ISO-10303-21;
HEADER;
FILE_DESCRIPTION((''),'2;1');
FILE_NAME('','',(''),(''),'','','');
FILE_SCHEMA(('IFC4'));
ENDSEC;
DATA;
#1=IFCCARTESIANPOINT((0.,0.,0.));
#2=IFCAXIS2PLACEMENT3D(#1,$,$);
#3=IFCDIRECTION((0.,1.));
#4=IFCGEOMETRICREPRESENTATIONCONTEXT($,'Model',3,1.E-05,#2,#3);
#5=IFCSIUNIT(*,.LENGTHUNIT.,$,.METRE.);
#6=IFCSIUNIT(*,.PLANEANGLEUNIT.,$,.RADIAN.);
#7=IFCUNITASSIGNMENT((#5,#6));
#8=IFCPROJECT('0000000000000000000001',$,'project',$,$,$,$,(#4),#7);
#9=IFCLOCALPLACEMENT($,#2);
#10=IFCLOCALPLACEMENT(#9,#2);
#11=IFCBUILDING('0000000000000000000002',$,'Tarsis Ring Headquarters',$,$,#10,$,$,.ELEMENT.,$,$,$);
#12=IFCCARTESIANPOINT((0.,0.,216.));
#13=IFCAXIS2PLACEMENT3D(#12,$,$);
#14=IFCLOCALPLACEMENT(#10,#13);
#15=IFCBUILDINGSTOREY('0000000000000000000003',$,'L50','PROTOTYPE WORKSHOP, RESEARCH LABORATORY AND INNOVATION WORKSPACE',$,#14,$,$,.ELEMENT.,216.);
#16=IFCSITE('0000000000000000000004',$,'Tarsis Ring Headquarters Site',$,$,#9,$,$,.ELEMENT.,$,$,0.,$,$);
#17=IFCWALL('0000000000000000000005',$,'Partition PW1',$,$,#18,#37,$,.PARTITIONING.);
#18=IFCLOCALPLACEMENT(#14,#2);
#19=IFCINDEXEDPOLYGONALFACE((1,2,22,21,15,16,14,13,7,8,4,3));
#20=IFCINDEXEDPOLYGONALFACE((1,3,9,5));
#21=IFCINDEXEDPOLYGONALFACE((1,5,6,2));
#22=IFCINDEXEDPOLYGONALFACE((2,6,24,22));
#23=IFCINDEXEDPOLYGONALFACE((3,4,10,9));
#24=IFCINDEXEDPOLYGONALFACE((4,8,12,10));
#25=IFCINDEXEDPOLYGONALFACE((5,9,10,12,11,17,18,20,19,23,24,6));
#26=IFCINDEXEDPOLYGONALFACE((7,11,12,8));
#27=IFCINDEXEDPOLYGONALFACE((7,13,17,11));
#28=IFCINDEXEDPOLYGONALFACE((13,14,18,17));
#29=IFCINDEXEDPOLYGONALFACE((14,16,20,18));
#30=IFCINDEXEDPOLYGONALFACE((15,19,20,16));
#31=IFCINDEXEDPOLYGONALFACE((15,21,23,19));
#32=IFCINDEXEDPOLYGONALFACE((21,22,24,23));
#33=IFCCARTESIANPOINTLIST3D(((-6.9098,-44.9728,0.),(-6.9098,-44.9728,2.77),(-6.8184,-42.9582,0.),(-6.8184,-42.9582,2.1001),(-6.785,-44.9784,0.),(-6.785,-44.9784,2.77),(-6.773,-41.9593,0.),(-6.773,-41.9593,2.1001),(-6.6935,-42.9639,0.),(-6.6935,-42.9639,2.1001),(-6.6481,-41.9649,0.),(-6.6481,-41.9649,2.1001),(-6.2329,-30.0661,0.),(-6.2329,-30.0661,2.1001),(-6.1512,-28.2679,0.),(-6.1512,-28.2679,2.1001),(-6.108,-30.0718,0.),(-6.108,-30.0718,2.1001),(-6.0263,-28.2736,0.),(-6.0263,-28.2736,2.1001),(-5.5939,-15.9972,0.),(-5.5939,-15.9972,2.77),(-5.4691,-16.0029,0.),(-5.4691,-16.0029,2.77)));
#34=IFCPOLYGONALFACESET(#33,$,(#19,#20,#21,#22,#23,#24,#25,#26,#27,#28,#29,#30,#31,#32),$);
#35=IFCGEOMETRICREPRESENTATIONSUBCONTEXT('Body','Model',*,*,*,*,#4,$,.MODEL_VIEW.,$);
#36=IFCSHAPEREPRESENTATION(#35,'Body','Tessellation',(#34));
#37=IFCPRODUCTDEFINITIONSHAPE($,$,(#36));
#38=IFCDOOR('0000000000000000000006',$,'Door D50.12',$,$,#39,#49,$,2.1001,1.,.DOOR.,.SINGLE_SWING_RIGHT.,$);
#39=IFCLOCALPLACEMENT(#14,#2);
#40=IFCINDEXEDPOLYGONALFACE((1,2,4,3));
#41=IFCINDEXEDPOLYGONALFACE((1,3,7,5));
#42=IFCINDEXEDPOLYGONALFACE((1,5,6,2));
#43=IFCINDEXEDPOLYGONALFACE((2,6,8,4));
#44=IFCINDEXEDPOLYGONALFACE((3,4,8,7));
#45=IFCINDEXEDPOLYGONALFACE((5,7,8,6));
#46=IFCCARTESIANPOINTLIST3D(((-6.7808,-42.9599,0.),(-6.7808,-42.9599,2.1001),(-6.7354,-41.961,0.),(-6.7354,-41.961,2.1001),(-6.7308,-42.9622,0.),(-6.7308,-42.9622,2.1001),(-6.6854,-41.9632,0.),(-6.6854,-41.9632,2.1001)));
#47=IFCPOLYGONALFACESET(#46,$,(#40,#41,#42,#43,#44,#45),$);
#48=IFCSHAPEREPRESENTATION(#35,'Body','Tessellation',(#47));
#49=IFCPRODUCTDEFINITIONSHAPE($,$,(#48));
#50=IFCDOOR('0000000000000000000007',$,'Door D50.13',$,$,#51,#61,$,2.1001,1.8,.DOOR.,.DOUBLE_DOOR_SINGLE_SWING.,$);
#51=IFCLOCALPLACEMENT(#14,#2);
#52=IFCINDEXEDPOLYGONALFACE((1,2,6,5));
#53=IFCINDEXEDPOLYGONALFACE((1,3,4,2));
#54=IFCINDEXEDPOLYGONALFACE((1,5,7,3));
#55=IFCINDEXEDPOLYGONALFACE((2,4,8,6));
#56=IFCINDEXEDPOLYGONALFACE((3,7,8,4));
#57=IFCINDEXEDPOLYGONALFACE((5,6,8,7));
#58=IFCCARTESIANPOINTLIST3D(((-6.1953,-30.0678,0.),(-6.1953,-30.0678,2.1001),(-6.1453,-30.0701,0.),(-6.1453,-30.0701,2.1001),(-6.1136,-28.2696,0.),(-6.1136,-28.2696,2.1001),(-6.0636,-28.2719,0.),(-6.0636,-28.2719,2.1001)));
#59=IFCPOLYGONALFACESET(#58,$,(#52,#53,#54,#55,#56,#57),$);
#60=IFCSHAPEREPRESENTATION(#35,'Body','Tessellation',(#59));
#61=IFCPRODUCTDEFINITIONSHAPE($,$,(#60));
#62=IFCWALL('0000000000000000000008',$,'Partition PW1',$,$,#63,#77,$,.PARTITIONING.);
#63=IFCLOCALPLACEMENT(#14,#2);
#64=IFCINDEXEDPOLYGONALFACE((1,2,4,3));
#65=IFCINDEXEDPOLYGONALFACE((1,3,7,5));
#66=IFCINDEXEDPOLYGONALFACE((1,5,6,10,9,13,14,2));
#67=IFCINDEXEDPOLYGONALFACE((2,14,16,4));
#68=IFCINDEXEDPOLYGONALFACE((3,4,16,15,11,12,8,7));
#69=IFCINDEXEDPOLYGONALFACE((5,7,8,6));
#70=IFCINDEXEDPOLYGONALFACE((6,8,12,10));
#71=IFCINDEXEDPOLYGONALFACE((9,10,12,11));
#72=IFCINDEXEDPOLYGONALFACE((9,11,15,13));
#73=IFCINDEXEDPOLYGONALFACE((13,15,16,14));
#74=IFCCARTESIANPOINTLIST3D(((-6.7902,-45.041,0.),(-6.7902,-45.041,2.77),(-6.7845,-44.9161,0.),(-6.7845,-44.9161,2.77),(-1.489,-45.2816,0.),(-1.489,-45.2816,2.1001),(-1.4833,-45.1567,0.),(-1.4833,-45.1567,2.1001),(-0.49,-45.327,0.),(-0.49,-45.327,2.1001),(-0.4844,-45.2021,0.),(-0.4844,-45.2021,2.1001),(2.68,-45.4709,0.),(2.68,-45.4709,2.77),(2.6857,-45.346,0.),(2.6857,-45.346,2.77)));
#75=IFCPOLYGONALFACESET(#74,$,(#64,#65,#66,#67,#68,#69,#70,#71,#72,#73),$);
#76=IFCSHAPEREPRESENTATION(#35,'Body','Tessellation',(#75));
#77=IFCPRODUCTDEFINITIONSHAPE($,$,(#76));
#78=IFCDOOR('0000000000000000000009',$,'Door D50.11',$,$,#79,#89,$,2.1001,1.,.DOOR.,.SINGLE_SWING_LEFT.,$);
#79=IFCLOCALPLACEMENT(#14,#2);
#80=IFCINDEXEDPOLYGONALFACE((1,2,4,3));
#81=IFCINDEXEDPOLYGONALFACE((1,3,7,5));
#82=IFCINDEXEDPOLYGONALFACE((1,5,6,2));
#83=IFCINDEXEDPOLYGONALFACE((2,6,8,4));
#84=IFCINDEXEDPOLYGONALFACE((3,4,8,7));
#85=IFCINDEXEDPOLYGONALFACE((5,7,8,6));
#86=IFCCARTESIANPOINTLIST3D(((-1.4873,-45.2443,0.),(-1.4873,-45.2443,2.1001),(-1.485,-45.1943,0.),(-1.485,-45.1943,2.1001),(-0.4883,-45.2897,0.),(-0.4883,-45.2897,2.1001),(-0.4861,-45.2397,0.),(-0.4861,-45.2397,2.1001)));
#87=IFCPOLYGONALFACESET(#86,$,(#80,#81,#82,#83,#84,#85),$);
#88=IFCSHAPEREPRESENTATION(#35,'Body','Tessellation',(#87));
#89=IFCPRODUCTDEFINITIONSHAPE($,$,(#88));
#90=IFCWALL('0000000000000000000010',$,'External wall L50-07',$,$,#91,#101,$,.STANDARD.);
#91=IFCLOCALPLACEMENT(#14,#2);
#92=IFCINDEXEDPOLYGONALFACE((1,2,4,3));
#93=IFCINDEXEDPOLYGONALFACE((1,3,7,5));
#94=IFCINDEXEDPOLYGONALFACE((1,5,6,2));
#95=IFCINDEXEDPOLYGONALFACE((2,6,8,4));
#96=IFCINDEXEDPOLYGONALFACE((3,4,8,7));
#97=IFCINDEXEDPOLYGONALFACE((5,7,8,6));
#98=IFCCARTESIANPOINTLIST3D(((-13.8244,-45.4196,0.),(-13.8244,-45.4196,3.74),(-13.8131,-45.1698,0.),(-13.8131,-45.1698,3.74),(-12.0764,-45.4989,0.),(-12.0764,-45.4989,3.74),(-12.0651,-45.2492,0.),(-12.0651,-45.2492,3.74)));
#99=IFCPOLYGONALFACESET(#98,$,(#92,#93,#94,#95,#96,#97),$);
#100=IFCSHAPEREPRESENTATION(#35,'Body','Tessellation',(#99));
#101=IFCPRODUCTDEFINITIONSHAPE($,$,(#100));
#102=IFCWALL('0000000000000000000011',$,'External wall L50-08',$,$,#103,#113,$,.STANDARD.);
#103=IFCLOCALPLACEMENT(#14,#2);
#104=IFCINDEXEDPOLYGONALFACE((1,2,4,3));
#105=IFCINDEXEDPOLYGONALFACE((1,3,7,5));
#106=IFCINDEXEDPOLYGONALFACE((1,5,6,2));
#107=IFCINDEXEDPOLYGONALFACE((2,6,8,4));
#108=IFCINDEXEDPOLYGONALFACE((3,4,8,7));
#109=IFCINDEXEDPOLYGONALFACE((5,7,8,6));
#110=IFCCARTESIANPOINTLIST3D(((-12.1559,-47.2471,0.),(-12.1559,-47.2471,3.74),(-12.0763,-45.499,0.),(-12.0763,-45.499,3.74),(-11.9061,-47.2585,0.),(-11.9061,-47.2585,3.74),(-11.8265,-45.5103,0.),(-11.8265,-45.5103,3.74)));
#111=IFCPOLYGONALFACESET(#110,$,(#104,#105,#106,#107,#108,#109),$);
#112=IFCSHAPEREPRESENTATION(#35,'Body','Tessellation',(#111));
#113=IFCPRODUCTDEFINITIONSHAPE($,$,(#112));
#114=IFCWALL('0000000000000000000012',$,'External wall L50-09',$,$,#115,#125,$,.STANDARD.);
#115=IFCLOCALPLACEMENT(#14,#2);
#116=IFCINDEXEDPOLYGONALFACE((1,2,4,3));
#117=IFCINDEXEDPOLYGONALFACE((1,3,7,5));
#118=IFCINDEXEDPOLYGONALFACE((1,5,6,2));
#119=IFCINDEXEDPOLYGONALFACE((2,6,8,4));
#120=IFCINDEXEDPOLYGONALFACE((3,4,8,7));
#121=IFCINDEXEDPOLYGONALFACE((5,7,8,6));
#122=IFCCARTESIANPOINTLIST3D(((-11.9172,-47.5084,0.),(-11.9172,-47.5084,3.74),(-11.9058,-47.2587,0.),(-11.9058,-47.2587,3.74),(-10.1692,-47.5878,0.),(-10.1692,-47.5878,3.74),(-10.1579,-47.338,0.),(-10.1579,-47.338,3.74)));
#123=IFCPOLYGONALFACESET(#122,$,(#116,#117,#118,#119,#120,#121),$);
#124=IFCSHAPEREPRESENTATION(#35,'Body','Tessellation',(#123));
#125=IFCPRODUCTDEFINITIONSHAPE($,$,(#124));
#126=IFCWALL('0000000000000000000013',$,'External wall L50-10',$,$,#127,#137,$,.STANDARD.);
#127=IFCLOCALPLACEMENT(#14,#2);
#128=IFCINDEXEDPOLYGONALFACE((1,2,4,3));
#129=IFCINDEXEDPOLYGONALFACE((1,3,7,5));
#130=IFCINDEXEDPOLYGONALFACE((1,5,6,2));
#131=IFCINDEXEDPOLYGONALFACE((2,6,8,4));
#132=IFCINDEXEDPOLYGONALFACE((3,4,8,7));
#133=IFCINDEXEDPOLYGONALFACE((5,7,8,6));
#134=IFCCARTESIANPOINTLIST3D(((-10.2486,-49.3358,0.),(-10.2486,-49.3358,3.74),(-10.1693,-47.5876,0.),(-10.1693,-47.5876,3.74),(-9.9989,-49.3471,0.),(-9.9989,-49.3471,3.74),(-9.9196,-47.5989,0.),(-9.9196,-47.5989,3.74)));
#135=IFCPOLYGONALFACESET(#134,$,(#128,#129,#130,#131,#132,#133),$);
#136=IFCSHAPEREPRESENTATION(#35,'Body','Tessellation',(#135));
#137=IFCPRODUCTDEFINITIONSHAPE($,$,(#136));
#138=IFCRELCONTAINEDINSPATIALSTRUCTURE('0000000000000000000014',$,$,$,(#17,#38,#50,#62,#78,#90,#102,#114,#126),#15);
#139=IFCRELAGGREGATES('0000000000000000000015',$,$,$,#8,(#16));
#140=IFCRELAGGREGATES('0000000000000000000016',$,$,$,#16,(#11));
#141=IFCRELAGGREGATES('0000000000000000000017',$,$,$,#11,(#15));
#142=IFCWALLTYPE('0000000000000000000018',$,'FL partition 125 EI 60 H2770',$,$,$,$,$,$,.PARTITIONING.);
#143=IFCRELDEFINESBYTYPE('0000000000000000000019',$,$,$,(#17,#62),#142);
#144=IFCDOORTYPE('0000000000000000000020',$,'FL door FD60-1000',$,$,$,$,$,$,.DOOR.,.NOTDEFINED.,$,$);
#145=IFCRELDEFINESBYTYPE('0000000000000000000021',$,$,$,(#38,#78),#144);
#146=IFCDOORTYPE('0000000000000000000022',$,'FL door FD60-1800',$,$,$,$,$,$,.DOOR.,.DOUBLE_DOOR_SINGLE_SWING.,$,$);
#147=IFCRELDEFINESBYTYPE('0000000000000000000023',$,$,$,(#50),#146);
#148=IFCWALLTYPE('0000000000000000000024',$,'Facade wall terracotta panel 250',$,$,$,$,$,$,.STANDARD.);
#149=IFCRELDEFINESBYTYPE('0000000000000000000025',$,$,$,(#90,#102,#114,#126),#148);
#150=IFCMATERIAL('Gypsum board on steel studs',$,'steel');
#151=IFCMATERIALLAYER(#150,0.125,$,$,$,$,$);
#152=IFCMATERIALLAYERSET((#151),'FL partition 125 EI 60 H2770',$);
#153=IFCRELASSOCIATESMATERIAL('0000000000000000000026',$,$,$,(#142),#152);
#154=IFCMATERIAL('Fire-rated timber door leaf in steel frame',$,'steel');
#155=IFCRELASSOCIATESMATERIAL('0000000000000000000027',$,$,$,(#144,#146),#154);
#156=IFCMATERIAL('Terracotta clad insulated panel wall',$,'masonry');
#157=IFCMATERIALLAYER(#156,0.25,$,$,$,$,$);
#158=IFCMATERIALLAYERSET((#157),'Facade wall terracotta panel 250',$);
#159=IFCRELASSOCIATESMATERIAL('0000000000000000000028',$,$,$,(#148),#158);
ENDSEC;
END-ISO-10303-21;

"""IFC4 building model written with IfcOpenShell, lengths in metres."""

from ifc_helpers import new_model, si_unit, direction, frame, frame_2d, origin, place, context, subcontext, project, spatial, rectangle, extrude, material, layer, layer_set, type_object, element, fill, save


model = new_model("IFC4")

# Units and contexts
model_context = context("Model", 3, precision=1e-05, world=origin(), true_north=direction((0.0, 1.0)))
body_context = subcontext(model_context, "Body", "Model", "MODEL_VIEW")
ifc_project = project(units=[si_unit("LENGTHUNIT", "METRE"), si_unit("PLANEANGLEUNIT", "RADIAN")], contexts=[model_context])

# Site, building, storey
site_placement = place(None, origin())
site = spatial("IfcSite", under=ifc_project, at=site_placement, Name="Tarsis Ring Headquarters Site", CompositionType="ELEMENT", RefElevation=0.0)
building_placement = place(site_placement, origin())
building = spatial("IfcBuilding", under=site, at=building_placement, Name="Tarsis Ring Headquarters", CompositionType="ELEMENT")
storey_placement = place(building_placement, frame((0.0, 0.0, 216.0)))
storey = spatial("IfcBuildingStorey", under=building, at=storey_placement, Name="L50", Description="PROTOTYPE WORKSHOP, RESEARCH LABORATORY AND INNOVATION WORKSPACE", CompositionType="ELEMENT", Elevation=216.0)

# Shared definitions
ifc_material_1 = material(Name="Gypsum board on steel studs", Category="steel")

# Wall, openings, doors
ifc_layer_1 = layer(ifc_material_1, 0.125)
ifc_layer_set_1 = layer_set([ifc_layer_1], Name="FL partition 125 EI 60 H2770")
wall_type_1 = type_object("IfcWallType", Name="FL partition 125 EI 60 H2770", PredefinedType="PARTITIONING", material=ifc_layer_set_1)
wall_1_placement = place(storey_placement, frame((-6.8474, -44.9756, 0.0), z_axis=(0.0, 0.0, 1.0), x_axis=(0.045368, 0.99897, 0.0)))
wall_1 = element("IfcWall", 1, at=wall_1_placement, inside=storey, type_object=wall_type_1, Name="Partition PW1", PredefinedType="PARTITIONING", context=body_context, shape_type="SweptSolid", body=[
    extrude(rectangle(XDim=29.0054, YDim=0.125, at=frame_2d((14.5027, 0.0))), origin(), (0.0, 0.0, 1.0), 2.77),
])
opening_1_placement = place(wall_1_placement, frame((2.0166, 0.0, 0.0)))
opening_1 = element("IfcOpeningElement", 2, at=opening_1_placement, cuts=wall_1, PredefinedType="OPENING", context=body_context, shape_type="SweptSolid", body=[
    extrude(rectangle(XDim=1.0, YDim=2.1001, at=frame_2d((0.5, 1.05))), frame((0.0, 0.0725, 0.0), z_axis=(0.0, -1.0, 0.0), x_axis=(1.0, 0.0, 0.0)), (0.0, 0.0, 1.0), 0.145),
])
opening_2_placement = place(wall_1_placement, frame((14.9221, 0.0, 0.0)))
opening_2 = element("IfcOpeningElement", 3, at=opening_2_placement, cuts=wall_1, PredefinedType="OPENING", context=body_context, shape_type="SweptSolid", body=[
    extrude(rectangle(XDim=1.8, YDim=2.1001, at=frame_2d((0.8999, 1.05))), frame((0.0, 0.0725, 0.0), z_axis=(0.0, -1.0, 0.0), x_axis=(1.0, 0.0, 0.0)), (0.0, 0.0, 1.0), 0.145),
])
ifc_material_2 = material(Name="Fire-rated timber door leaf in steel frame", Category="steel")
door_type_1 = type_object("IfcDoorType", Name="FL door FD60-1000", OperationType="NOTDEFINED", PredefinedType="DOOR", material=ifc_material_2)
door_1_placement = place(opening_1_placement, origin())
door_1 = element("IfcDoor", 4, at=door_1_placement, inside=storey, type_object=door_type_1, Name="Door D50.12", OperationType="SINGLE_SWING_RIGHT", OverallHeight=2.1001, OverallWidth=1.0, PredefinedType="DOOR", context=body_context, shape_type="SweptSolid", body=[
    extrude(rectangle(XDim=1.0, YDim=2.1001, at=frame_2d((0.5, 1.05))), frame((0.0, 0.0249, 0.0), z_axis=(0.0, -1.0, 0.0), x_axis=(1.0, 0.0, 0.0)), (0.0, 0.0, 1.0), 0.05),
])
fill(opening_1, door_1)
door_type_2 = type_object("IfcDoorType", Name="FL door FD60-1800", OperationType="DOUBLE_DOOR_SINGLE_SWING", PredefinedType="DOOR", material=ifc_material_2)
door_2_placement = place(opening_2_placement, origin())
door_2 = element("IfcDoor", 5, at=door_2_placement, inside=storey, type_object=door_type_2, Name="Door D50.13", OperationType="DOUBLE_DOOR_SINGLE_SWING", OverallHeight=2.1001, OverallWidth=1.8, PredefinedType="DOOR", context=body_context, shape_type="SweptSolid", body=[
    extrude(rectangle(XDim=1.8, YDim=2.1001, at=frame_2d((0.8999, 1.05))), frame((0.0, 0.0249, 0.0), z_axis=(0.0, -1.0, 0.0), x_axis=(1.0, 0.0, 0.0)), (0.0, 0.0, 1.0), 0.05),
])
fill(opening_2, door_2)

# Wall, opening, door
wall_2_placement = place(storey_placement, frame((-6.7874, -44.9785, 0.0), z_axis=(0.0, 0.0, 1.0), x_axis=(0.998971, -0.045352, 0.0)))
wall_2 = element("IfcWall", 6, at=wall_2_placement, inside=storey, type_object=wall_type_1, Name="Partition PW1", PredefinedType="PARTITIONING", context=body_context, shape_type="SweptSolid", body=[
    extrude(rectangle(XDim=9.48, YDim=0.125, at=frame_2d((4.74, 0.0))), origin(), (0.0, 0.0, 1.0), 2.77),
])
opening_3_placement = place(wall_2_placement, frame((5.3066, 0.0, 0.0)))
opening_3 = element("IfcOpeningElement", 7, at=opening_3_placement, cuts=wall_2, PredefinedType="OPENING", context=body_context, shape_type="SweptSolid", body=[
    extrude(rectangle(XDim=1.0, YDim=2.1001, at=frame_2d((0.5, 1.05))), frame((0.0, 0.0725, 0.0), z_axis=(0.0, -1.0, 0.0), x_axis=(1.0, 0.0, 0.0)), (0.0, 0.0, 1.0), 0.145),
])
door_3_placement = place(opening_3_placement, origin())
door_3 = element("IfcDoor", 8, at=door_3_placement, inside=storey, type_object=door_type_1, Name="Door D50.11", OperationType="SINGLE_SWING_LEFT", OverallHeight=2.1001, OverallWidth=1.0, PredefinedType="DOOR", context=body_context, shape_type="SweptSolid", body=[
    extrude(rectangle(XDim=1.0, YDim=2.1001, at=frame_2d((0.5, 1.05))), frame((0.0, 0.0249, 0.0), z_axis=(0.0, -1.0, 0.0), x_axis=(1.0, 0.0, 0.0)), (0.0, 0.0, 1.0), 0.05),
])
fill(opening_3, door_3)

# Walls
ifc_material_3 = material(Name="Terracotta clad insulated panel wall", Category="masonry")
ifc_layer_2 = layer(ifc_material_3, 0.25)
ifc_layer_set_2 = layer_set([ifc_layer_2], Name="Facade wall terracotta panel 250")
wall_type_2 = type_object("IfcWallType", Name="Facade wall terracotta panel 250", PredefinedType="STANDARD", material=ifc_layer_set_2)
wall_3_placement = place(storey_placement, frame((-13.8188, -45.2947, 0.0), z_axis=(0.0, 0.0, 1.0), x_axis=(0.998971, -0.045344, 0.0)))
element("IfcWall", 9, at=wall_3_placement, inside=storey, type_object=wall_type_2, Name="External wall L50-07", PredefinedType="STANDARD", context=body_context, shape_type="SweptSolid", body=[
    extrude(rectangle(XDim=1.7498, YDim=0.25, at=frame_2d((0.875, 0.0))), origin(), (0.0, 0.0, 1.0), 3.74),
])
wall_4_placement = place(storey_placement, frame((-11.9514, -45.5046, 0.0), z_axis=(0.0, 0.0, 1.0), x_axis=(-0.045477, -0.998965, 0.0)))
element("IfcWall", 10, at=wall_4_placement, inside=storey, type_object=wall_type_2, Name="External wall L50-08", PredefinedType="STANDARD", context=body_context, shape_type="SweptSolid", body=[
    extrude(rectangle(XDim=1.75, YDim=0.25, at=frame_2d((0.875, 0.0))), origin(), (0.0, 0.0, 1.0), 3.74),
])
wall_5_placement = place(storey_placement, frame((-11.9116, -47.3835, 0.0), z_axis=(0.0, 0.0, 1.0), x_axis=(0.998971, -0.045344, 0.0)))
element("IfcWall", 11, at=wall_5_placement, inside=storey, type_object=wall_type_2, Name="External wall L50-09", PredefinedType="STANDARD", context=body_context, shape_type="SweptSolid", body=[
    extrude(rectangle(XDim=1.7498, YDim=0.25, at=frame_2d((0.875, 0.0))), origin(), (0.0, 0.0, 1.0), 3.74),
])
wall_6_placement = place(storey_placement, frame((-10.0444, -47.5933, 0.0), z_axis=(0.0, 0.0, 1.0), x_axis=(-0.045338, -0.998972, 0.0)))
element("IfcWall", 12, at=wall_6_placement, inside=storey, type_object=wall_type_2, Name="External wall L50-10", PredefinedType="STANDARD", context=body_context, shape_type="SweptSolid", body=[
    extrude(rectangle(XDim=1.75, YDim=0.25, at=frame_2d((0.875, 0.0))), origin(), (0.0, 0.0, 1.0), 3.74),
])

save(model, "model.ifc")
